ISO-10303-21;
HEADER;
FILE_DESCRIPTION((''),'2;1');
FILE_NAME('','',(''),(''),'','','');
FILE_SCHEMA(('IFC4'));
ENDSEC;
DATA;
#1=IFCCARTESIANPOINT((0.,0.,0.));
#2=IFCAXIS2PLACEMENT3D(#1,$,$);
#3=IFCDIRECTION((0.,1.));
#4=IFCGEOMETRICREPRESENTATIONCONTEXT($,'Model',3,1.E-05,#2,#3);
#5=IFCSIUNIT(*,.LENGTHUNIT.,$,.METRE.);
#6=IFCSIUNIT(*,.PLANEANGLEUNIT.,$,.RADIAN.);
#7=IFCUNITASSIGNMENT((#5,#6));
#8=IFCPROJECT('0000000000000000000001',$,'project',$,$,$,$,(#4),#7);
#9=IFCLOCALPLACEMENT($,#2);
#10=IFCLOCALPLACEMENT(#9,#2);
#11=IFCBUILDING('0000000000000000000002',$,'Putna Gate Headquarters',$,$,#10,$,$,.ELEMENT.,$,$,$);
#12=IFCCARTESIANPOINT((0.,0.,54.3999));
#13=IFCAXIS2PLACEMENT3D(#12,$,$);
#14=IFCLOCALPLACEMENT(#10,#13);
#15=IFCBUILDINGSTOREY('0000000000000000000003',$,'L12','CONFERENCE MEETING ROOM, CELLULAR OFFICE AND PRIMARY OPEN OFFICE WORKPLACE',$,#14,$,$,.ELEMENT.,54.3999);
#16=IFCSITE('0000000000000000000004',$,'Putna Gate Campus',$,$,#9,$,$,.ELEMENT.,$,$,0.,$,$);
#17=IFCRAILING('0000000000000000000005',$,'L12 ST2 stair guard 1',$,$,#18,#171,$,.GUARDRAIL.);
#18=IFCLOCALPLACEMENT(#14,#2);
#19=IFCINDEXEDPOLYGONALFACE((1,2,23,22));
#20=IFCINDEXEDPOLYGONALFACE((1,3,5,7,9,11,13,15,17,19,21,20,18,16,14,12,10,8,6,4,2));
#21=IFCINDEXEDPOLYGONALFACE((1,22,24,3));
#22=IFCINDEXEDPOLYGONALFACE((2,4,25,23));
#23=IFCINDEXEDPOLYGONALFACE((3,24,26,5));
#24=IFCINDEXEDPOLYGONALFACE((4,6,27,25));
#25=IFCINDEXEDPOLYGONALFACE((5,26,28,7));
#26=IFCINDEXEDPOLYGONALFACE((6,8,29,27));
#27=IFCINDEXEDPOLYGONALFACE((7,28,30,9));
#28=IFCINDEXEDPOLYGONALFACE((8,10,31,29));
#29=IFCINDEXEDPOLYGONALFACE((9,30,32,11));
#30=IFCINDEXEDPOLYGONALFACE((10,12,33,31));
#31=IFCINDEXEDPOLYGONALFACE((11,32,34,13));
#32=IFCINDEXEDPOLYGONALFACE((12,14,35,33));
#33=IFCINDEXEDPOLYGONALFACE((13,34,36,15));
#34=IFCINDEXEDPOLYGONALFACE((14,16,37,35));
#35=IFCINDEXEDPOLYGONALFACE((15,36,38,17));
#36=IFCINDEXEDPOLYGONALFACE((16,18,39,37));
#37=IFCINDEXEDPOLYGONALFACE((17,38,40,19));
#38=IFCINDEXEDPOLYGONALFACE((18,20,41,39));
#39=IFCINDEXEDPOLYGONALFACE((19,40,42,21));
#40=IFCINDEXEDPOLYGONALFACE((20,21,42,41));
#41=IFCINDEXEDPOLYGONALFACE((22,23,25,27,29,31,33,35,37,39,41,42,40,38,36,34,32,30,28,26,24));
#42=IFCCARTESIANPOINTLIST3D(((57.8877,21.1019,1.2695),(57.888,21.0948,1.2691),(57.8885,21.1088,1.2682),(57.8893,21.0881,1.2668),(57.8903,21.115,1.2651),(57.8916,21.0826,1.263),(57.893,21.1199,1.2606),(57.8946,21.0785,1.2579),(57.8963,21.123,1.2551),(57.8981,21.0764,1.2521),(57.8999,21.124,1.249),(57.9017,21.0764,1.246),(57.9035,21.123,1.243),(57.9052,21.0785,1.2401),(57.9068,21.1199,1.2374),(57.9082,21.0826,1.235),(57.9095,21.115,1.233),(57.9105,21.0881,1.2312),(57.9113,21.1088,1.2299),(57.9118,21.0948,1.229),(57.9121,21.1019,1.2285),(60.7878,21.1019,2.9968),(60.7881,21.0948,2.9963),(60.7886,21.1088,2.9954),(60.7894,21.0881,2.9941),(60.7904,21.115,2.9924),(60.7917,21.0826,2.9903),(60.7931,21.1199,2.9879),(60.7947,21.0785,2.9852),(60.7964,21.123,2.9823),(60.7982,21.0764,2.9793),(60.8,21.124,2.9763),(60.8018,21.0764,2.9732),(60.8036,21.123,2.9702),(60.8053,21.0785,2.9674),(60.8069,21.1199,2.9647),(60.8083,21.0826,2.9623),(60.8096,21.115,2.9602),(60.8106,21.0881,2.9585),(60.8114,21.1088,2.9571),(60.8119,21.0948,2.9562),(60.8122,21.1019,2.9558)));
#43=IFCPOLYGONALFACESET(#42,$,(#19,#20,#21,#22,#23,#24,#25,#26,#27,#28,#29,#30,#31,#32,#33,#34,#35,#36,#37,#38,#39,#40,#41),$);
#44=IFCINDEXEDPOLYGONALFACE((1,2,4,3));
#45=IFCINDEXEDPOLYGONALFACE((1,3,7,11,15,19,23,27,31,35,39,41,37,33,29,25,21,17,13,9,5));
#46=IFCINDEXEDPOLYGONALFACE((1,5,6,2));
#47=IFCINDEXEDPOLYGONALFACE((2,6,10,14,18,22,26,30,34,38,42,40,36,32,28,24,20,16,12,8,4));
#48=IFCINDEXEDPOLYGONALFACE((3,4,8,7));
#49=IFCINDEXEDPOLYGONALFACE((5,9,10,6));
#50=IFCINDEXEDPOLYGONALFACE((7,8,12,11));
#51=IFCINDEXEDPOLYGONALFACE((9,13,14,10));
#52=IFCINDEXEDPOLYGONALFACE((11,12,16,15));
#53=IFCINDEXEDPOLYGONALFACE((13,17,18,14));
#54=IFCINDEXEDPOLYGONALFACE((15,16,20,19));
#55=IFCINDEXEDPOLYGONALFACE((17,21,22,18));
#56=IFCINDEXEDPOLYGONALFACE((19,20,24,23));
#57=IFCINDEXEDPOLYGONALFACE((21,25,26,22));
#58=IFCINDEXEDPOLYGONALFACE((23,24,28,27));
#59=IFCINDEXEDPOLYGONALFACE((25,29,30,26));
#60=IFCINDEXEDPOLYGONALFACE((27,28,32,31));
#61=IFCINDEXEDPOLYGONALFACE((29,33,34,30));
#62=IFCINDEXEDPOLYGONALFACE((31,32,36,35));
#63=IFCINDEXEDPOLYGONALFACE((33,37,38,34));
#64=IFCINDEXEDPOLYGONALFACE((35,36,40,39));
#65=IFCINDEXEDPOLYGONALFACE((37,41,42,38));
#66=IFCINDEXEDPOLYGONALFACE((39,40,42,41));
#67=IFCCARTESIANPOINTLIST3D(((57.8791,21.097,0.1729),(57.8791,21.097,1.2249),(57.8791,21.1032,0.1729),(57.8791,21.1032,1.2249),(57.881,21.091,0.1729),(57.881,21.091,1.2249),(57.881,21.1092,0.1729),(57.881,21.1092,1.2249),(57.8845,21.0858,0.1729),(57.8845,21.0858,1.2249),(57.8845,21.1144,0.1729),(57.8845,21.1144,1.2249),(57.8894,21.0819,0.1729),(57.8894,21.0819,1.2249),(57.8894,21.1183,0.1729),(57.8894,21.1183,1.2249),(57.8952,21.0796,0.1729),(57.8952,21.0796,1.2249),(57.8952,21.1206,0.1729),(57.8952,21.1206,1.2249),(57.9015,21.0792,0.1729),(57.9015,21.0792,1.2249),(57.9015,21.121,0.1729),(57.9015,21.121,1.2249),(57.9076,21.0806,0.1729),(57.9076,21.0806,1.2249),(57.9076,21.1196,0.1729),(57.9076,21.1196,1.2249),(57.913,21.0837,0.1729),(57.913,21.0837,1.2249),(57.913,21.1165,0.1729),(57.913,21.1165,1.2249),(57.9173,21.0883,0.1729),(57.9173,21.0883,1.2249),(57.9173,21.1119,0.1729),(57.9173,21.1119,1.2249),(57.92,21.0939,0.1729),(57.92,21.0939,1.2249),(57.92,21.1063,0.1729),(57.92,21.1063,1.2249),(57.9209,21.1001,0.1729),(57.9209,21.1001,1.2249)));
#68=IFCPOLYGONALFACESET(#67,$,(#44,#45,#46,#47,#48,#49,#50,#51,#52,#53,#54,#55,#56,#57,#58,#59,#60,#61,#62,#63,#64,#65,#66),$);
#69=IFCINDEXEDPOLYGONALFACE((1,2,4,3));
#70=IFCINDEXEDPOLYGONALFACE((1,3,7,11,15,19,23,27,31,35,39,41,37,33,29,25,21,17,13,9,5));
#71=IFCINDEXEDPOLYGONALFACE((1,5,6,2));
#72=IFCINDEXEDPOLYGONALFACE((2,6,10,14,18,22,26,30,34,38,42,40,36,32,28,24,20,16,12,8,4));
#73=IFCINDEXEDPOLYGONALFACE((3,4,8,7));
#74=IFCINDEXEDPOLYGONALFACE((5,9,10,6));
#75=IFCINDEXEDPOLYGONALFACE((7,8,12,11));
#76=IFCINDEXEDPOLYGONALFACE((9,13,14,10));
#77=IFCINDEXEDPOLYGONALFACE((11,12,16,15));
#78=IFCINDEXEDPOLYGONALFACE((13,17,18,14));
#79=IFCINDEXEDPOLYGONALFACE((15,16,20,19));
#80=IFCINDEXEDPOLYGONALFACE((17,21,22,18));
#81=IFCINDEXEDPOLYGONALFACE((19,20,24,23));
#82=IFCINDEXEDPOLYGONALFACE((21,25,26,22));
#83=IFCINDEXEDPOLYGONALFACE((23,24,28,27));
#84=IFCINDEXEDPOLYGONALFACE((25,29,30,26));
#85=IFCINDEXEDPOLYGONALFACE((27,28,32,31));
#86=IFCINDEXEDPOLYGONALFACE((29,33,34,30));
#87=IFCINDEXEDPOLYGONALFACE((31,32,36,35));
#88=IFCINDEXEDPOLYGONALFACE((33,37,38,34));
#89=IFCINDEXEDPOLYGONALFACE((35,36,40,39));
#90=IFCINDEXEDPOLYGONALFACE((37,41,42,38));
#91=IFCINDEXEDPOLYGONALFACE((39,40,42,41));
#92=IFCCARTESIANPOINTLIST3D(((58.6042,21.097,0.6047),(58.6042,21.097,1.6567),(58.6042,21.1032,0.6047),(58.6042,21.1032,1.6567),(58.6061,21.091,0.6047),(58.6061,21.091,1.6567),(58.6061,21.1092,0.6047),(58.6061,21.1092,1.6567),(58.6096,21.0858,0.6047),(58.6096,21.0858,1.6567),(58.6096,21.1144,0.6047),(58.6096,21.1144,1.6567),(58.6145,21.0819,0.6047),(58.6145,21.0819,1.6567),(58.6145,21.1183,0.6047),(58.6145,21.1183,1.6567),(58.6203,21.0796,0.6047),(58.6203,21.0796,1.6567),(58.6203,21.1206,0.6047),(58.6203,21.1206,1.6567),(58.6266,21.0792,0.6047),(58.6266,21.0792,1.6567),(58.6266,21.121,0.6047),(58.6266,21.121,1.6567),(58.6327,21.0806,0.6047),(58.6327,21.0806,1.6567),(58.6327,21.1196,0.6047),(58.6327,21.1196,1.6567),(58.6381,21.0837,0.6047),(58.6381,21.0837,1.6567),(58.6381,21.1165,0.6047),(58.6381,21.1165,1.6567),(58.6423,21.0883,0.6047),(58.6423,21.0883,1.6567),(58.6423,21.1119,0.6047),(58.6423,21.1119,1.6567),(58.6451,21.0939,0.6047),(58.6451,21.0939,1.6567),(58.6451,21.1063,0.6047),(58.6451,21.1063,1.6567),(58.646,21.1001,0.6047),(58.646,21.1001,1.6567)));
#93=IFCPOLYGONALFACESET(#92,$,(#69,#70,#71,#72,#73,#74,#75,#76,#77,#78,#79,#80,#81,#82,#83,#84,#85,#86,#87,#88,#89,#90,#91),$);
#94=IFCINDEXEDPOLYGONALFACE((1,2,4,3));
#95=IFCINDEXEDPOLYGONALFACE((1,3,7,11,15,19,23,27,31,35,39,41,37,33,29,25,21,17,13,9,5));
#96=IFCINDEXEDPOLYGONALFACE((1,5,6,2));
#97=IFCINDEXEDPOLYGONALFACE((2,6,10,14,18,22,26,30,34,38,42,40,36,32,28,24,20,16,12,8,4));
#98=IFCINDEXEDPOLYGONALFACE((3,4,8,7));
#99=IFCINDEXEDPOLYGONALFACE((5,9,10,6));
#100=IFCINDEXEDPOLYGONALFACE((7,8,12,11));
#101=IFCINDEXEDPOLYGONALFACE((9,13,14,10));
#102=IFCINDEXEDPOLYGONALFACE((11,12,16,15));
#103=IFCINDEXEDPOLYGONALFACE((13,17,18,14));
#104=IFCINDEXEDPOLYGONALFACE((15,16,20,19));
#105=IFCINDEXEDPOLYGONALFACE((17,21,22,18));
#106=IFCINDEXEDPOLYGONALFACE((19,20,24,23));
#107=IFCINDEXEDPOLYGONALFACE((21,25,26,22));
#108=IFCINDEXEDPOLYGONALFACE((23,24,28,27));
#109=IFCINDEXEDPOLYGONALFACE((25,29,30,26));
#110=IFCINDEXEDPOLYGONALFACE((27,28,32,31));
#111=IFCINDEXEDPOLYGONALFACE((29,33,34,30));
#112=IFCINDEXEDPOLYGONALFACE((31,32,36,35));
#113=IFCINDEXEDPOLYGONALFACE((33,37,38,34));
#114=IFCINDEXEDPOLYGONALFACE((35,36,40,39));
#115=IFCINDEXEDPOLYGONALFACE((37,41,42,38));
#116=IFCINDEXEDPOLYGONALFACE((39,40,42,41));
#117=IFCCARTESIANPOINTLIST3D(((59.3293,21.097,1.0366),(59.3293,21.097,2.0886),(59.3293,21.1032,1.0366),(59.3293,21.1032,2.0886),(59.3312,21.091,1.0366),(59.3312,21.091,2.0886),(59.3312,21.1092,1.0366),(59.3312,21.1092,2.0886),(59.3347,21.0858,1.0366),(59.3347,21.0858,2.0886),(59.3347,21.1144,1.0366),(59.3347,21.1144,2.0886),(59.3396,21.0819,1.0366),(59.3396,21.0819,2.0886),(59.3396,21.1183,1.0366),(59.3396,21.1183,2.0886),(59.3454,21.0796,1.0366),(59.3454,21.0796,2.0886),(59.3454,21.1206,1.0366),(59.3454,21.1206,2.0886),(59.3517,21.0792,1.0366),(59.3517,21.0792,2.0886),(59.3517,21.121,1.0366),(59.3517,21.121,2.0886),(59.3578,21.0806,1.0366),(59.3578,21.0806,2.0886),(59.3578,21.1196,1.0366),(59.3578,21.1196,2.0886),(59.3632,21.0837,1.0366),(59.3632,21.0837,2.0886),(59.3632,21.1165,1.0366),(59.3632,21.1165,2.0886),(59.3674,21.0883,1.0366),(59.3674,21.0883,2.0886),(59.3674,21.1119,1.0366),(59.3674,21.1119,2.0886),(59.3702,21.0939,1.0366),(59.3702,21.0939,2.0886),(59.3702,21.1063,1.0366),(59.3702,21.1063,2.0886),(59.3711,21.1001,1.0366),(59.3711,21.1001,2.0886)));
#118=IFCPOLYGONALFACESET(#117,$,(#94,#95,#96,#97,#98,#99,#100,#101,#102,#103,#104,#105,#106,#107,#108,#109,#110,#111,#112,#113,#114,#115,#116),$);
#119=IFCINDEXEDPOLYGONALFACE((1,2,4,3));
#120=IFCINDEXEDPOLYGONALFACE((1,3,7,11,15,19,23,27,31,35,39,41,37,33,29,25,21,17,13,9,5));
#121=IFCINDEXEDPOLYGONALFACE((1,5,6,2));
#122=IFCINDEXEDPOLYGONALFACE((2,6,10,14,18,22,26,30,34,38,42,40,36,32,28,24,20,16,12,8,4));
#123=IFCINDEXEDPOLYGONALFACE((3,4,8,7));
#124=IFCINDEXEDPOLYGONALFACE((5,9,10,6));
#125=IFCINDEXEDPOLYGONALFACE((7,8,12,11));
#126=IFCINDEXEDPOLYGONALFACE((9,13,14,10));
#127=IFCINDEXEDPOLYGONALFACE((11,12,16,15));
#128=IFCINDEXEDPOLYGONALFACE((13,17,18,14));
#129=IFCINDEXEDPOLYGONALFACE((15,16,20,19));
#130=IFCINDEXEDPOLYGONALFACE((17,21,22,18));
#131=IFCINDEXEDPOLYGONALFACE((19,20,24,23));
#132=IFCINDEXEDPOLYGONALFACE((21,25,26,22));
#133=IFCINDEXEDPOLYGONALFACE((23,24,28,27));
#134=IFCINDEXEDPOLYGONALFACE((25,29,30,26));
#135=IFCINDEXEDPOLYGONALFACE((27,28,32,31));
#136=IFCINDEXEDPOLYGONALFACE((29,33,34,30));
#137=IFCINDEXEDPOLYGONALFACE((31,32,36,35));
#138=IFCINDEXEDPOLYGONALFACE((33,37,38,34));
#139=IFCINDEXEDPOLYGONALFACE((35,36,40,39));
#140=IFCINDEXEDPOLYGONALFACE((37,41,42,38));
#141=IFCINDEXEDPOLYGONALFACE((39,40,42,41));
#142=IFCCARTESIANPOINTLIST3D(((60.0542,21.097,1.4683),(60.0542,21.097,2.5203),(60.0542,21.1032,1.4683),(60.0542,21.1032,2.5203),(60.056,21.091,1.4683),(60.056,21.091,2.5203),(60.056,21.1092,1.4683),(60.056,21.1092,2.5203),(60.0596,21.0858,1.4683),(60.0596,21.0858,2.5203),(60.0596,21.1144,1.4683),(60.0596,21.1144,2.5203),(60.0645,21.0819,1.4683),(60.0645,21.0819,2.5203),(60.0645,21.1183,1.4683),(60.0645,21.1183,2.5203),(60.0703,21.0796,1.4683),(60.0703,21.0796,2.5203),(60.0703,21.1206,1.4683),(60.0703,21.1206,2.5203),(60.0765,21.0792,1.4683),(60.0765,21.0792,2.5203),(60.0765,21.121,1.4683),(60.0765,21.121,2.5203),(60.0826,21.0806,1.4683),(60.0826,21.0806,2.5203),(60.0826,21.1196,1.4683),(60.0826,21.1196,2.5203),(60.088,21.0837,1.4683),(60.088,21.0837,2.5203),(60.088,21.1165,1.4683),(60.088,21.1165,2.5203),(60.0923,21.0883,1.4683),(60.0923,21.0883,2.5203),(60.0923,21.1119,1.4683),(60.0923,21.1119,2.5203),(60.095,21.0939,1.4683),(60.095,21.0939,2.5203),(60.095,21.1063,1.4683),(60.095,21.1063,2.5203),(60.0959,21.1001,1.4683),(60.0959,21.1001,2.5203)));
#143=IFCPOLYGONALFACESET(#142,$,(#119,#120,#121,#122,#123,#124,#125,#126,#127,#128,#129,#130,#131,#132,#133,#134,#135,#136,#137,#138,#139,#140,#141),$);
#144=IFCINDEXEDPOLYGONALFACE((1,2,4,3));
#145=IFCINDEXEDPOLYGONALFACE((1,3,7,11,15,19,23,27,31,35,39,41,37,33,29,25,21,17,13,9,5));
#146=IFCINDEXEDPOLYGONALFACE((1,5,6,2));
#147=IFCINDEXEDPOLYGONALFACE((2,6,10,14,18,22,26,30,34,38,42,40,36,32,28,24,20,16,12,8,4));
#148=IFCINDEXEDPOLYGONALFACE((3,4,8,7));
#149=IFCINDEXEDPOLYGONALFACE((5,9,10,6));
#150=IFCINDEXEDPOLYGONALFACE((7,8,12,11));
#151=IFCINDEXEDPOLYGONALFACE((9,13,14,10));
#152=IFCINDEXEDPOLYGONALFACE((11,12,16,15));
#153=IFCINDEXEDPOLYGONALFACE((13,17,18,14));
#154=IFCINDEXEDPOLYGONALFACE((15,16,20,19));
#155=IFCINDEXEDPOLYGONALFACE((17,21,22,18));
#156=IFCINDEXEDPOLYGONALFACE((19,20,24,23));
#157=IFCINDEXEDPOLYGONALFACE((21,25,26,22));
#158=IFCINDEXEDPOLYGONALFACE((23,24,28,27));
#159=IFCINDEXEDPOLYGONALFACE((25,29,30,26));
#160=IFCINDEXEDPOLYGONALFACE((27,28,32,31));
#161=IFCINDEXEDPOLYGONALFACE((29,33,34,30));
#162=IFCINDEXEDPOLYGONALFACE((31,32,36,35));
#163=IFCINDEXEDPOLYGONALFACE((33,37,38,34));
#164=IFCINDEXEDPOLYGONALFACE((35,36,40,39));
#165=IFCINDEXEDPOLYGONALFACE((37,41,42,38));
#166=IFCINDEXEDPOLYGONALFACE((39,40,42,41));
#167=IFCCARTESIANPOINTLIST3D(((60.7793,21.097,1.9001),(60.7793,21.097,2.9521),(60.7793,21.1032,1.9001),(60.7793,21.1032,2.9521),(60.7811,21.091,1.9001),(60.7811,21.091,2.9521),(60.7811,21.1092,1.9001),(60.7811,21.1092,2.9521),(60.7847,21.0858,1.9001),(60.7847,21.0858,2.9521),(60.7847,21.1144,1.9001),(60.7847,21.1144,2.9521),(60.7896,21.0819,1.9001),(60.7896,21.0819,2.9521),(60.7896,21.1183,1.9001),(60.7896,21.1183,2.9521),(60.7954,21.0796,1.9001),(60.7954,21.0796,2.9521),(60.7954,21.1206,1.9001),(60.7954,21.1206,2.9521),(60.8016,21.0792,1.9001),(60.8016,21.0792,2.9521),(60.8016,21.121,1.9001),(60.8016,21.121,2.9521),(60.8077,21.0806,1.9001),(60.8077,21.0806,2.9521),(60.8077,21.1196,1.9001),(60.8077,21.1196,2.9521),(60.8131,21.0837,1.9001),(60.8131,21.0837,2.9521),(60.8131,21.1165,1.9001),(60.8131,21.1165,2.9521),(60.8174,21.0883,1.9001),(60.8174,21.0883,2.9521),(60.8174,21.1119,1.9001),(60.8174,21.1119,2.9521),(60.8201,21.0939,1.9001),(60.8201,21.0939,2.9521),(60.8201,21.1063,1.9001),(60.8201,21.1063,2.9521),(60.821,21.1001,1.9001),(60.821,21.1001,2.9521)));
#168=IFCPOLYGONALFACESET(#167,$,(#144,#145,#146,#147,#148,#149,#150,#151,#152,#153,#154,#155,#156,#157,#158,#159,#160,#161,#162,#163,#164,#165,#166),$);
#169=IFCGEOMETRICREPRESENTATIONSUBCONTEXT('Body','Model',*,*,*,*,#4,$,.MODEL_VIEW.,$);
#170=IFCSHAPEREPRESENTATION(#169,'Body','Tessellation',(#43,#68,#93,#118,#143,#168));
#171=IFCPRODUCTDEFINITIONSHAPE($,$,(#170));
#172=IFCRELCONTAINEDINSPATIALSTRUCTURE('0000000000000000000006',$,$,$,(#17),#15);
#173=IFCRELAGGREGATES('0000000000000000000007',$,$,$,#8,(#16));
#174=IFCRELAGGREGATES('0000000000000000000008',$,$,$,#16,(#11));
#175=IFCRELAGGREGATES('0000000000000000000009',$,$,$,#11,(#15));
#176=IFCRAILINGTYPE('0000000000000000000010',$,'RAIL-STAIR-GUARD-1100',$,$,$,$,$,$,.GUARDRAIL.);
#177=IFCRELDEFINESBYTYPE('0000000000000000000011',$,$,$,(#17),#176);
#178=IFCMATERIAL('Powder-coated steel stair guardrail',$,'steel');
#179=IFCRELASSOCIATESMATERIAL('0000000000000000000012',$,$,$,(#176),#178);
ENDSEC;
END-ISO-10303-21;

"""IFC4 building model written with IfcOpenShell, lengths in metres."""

from ifc_helpers import new_model, si_unit, direction, frame, origin, origin_2d, place, context, subcontext, project, spatial, circle, extrude, material, type_object, element, save


model = new_model("IFC4")

# Units and contexts
model_context = context("Model", 3, precision=1e-05, world=origin(), true_north=direction((0.0, 1.0)))
body_context = subcontext(model_context, "Body", "Model", "MODEL_VIEW")
ifc_project = project(units=[si_unit("LENGTHUNIT", "METRE"), si_unit("PLANEANGLEUNIT", "RADIAN")], contexts=[model_context])

# Site, building, storey
site_placement = place(None, origin())
site = spatial("IfcSite", under=ifc_project, at=site_placement, Name="Putna Gate Campus", CompositionType="ELEMENT", RefElevation=0.0)
building_placement = place(site_placement, origin())
building = spatial("IfcBuilding", under=site, at=building_placement, Name="Putna Gate Headquarters", CompositionType="ELEMENT")
storey_placement = place(building_placement, frame((0.0, 0.0, 54.3999)))
storey = spatial("IfcBuildingStorey", under=building, at=storey_placement, Name="L12", Description="CONFERENCE MEETING ROOM, CELLULAR OFFICE AND PRIMARY OPEN OFFICE WORKPLACE", CompositionType="ELEMENT", Elevation=54.3999)

# Railing
ifc_material_1 = material(Name="Powder-coated steel stair guardrail", Category="steel")
railing_type_1 = type_object("IfcRailingType", Name="RAIL-STAIR-GUARD-1100", PredefinedType="GUARDRAIL", material=ifc_material_1)
railing_1_placement = place(storey_placement, frame((57.8999, 21.1001, 0.1729)))
element("IfcRailing", 1, at=railing_1_placement, inside=storey, type_object=railing_type_1, Name="L12 ST2 stair guard 1", PredefinedType="GUARDRAIL", context=body_context, shape_type="SweptSolid", body=[
    extrude(circle(Radius=0.0239, at=origin_2d()), frame((0.0, 0.0, 1.0762), z_axis=(0.85916, 0.0, 0.511706), x_axis=(0.0, 1.0, 0.0)), (0.0, 0.0, 1.0), 3.3755),
    extrude(circle(Radius=0.021, at=origin_2d()), origin(), (0.0, 0.0, 1.0), 1.052),
    extrude(circle(Radius=0.021, at=origin_2d()), frame((0.7251, 0.0, 0.4319)), (0.0, 0.0, 1.0), 1.052),
    extrude(circle(Radius=0.021, at=origin_2d()), frame((1.4502, 0.0, 0.8638)), (0.0, 0.0, 1.0), 1.052),
    extrude(circle(Radius=0.021, at=origin_2d()), frame((2.175, 0.0, 1.2954)), (0.0, 0.0, 1.0), 1.052),
    extrude(circle(Radius=0.021, at=origin_2d()), frame((2.9001, 0.0, 1.7273)), (0.0, 0.0, 1.0), 1.052),
])

save(model, "model.ifc")
